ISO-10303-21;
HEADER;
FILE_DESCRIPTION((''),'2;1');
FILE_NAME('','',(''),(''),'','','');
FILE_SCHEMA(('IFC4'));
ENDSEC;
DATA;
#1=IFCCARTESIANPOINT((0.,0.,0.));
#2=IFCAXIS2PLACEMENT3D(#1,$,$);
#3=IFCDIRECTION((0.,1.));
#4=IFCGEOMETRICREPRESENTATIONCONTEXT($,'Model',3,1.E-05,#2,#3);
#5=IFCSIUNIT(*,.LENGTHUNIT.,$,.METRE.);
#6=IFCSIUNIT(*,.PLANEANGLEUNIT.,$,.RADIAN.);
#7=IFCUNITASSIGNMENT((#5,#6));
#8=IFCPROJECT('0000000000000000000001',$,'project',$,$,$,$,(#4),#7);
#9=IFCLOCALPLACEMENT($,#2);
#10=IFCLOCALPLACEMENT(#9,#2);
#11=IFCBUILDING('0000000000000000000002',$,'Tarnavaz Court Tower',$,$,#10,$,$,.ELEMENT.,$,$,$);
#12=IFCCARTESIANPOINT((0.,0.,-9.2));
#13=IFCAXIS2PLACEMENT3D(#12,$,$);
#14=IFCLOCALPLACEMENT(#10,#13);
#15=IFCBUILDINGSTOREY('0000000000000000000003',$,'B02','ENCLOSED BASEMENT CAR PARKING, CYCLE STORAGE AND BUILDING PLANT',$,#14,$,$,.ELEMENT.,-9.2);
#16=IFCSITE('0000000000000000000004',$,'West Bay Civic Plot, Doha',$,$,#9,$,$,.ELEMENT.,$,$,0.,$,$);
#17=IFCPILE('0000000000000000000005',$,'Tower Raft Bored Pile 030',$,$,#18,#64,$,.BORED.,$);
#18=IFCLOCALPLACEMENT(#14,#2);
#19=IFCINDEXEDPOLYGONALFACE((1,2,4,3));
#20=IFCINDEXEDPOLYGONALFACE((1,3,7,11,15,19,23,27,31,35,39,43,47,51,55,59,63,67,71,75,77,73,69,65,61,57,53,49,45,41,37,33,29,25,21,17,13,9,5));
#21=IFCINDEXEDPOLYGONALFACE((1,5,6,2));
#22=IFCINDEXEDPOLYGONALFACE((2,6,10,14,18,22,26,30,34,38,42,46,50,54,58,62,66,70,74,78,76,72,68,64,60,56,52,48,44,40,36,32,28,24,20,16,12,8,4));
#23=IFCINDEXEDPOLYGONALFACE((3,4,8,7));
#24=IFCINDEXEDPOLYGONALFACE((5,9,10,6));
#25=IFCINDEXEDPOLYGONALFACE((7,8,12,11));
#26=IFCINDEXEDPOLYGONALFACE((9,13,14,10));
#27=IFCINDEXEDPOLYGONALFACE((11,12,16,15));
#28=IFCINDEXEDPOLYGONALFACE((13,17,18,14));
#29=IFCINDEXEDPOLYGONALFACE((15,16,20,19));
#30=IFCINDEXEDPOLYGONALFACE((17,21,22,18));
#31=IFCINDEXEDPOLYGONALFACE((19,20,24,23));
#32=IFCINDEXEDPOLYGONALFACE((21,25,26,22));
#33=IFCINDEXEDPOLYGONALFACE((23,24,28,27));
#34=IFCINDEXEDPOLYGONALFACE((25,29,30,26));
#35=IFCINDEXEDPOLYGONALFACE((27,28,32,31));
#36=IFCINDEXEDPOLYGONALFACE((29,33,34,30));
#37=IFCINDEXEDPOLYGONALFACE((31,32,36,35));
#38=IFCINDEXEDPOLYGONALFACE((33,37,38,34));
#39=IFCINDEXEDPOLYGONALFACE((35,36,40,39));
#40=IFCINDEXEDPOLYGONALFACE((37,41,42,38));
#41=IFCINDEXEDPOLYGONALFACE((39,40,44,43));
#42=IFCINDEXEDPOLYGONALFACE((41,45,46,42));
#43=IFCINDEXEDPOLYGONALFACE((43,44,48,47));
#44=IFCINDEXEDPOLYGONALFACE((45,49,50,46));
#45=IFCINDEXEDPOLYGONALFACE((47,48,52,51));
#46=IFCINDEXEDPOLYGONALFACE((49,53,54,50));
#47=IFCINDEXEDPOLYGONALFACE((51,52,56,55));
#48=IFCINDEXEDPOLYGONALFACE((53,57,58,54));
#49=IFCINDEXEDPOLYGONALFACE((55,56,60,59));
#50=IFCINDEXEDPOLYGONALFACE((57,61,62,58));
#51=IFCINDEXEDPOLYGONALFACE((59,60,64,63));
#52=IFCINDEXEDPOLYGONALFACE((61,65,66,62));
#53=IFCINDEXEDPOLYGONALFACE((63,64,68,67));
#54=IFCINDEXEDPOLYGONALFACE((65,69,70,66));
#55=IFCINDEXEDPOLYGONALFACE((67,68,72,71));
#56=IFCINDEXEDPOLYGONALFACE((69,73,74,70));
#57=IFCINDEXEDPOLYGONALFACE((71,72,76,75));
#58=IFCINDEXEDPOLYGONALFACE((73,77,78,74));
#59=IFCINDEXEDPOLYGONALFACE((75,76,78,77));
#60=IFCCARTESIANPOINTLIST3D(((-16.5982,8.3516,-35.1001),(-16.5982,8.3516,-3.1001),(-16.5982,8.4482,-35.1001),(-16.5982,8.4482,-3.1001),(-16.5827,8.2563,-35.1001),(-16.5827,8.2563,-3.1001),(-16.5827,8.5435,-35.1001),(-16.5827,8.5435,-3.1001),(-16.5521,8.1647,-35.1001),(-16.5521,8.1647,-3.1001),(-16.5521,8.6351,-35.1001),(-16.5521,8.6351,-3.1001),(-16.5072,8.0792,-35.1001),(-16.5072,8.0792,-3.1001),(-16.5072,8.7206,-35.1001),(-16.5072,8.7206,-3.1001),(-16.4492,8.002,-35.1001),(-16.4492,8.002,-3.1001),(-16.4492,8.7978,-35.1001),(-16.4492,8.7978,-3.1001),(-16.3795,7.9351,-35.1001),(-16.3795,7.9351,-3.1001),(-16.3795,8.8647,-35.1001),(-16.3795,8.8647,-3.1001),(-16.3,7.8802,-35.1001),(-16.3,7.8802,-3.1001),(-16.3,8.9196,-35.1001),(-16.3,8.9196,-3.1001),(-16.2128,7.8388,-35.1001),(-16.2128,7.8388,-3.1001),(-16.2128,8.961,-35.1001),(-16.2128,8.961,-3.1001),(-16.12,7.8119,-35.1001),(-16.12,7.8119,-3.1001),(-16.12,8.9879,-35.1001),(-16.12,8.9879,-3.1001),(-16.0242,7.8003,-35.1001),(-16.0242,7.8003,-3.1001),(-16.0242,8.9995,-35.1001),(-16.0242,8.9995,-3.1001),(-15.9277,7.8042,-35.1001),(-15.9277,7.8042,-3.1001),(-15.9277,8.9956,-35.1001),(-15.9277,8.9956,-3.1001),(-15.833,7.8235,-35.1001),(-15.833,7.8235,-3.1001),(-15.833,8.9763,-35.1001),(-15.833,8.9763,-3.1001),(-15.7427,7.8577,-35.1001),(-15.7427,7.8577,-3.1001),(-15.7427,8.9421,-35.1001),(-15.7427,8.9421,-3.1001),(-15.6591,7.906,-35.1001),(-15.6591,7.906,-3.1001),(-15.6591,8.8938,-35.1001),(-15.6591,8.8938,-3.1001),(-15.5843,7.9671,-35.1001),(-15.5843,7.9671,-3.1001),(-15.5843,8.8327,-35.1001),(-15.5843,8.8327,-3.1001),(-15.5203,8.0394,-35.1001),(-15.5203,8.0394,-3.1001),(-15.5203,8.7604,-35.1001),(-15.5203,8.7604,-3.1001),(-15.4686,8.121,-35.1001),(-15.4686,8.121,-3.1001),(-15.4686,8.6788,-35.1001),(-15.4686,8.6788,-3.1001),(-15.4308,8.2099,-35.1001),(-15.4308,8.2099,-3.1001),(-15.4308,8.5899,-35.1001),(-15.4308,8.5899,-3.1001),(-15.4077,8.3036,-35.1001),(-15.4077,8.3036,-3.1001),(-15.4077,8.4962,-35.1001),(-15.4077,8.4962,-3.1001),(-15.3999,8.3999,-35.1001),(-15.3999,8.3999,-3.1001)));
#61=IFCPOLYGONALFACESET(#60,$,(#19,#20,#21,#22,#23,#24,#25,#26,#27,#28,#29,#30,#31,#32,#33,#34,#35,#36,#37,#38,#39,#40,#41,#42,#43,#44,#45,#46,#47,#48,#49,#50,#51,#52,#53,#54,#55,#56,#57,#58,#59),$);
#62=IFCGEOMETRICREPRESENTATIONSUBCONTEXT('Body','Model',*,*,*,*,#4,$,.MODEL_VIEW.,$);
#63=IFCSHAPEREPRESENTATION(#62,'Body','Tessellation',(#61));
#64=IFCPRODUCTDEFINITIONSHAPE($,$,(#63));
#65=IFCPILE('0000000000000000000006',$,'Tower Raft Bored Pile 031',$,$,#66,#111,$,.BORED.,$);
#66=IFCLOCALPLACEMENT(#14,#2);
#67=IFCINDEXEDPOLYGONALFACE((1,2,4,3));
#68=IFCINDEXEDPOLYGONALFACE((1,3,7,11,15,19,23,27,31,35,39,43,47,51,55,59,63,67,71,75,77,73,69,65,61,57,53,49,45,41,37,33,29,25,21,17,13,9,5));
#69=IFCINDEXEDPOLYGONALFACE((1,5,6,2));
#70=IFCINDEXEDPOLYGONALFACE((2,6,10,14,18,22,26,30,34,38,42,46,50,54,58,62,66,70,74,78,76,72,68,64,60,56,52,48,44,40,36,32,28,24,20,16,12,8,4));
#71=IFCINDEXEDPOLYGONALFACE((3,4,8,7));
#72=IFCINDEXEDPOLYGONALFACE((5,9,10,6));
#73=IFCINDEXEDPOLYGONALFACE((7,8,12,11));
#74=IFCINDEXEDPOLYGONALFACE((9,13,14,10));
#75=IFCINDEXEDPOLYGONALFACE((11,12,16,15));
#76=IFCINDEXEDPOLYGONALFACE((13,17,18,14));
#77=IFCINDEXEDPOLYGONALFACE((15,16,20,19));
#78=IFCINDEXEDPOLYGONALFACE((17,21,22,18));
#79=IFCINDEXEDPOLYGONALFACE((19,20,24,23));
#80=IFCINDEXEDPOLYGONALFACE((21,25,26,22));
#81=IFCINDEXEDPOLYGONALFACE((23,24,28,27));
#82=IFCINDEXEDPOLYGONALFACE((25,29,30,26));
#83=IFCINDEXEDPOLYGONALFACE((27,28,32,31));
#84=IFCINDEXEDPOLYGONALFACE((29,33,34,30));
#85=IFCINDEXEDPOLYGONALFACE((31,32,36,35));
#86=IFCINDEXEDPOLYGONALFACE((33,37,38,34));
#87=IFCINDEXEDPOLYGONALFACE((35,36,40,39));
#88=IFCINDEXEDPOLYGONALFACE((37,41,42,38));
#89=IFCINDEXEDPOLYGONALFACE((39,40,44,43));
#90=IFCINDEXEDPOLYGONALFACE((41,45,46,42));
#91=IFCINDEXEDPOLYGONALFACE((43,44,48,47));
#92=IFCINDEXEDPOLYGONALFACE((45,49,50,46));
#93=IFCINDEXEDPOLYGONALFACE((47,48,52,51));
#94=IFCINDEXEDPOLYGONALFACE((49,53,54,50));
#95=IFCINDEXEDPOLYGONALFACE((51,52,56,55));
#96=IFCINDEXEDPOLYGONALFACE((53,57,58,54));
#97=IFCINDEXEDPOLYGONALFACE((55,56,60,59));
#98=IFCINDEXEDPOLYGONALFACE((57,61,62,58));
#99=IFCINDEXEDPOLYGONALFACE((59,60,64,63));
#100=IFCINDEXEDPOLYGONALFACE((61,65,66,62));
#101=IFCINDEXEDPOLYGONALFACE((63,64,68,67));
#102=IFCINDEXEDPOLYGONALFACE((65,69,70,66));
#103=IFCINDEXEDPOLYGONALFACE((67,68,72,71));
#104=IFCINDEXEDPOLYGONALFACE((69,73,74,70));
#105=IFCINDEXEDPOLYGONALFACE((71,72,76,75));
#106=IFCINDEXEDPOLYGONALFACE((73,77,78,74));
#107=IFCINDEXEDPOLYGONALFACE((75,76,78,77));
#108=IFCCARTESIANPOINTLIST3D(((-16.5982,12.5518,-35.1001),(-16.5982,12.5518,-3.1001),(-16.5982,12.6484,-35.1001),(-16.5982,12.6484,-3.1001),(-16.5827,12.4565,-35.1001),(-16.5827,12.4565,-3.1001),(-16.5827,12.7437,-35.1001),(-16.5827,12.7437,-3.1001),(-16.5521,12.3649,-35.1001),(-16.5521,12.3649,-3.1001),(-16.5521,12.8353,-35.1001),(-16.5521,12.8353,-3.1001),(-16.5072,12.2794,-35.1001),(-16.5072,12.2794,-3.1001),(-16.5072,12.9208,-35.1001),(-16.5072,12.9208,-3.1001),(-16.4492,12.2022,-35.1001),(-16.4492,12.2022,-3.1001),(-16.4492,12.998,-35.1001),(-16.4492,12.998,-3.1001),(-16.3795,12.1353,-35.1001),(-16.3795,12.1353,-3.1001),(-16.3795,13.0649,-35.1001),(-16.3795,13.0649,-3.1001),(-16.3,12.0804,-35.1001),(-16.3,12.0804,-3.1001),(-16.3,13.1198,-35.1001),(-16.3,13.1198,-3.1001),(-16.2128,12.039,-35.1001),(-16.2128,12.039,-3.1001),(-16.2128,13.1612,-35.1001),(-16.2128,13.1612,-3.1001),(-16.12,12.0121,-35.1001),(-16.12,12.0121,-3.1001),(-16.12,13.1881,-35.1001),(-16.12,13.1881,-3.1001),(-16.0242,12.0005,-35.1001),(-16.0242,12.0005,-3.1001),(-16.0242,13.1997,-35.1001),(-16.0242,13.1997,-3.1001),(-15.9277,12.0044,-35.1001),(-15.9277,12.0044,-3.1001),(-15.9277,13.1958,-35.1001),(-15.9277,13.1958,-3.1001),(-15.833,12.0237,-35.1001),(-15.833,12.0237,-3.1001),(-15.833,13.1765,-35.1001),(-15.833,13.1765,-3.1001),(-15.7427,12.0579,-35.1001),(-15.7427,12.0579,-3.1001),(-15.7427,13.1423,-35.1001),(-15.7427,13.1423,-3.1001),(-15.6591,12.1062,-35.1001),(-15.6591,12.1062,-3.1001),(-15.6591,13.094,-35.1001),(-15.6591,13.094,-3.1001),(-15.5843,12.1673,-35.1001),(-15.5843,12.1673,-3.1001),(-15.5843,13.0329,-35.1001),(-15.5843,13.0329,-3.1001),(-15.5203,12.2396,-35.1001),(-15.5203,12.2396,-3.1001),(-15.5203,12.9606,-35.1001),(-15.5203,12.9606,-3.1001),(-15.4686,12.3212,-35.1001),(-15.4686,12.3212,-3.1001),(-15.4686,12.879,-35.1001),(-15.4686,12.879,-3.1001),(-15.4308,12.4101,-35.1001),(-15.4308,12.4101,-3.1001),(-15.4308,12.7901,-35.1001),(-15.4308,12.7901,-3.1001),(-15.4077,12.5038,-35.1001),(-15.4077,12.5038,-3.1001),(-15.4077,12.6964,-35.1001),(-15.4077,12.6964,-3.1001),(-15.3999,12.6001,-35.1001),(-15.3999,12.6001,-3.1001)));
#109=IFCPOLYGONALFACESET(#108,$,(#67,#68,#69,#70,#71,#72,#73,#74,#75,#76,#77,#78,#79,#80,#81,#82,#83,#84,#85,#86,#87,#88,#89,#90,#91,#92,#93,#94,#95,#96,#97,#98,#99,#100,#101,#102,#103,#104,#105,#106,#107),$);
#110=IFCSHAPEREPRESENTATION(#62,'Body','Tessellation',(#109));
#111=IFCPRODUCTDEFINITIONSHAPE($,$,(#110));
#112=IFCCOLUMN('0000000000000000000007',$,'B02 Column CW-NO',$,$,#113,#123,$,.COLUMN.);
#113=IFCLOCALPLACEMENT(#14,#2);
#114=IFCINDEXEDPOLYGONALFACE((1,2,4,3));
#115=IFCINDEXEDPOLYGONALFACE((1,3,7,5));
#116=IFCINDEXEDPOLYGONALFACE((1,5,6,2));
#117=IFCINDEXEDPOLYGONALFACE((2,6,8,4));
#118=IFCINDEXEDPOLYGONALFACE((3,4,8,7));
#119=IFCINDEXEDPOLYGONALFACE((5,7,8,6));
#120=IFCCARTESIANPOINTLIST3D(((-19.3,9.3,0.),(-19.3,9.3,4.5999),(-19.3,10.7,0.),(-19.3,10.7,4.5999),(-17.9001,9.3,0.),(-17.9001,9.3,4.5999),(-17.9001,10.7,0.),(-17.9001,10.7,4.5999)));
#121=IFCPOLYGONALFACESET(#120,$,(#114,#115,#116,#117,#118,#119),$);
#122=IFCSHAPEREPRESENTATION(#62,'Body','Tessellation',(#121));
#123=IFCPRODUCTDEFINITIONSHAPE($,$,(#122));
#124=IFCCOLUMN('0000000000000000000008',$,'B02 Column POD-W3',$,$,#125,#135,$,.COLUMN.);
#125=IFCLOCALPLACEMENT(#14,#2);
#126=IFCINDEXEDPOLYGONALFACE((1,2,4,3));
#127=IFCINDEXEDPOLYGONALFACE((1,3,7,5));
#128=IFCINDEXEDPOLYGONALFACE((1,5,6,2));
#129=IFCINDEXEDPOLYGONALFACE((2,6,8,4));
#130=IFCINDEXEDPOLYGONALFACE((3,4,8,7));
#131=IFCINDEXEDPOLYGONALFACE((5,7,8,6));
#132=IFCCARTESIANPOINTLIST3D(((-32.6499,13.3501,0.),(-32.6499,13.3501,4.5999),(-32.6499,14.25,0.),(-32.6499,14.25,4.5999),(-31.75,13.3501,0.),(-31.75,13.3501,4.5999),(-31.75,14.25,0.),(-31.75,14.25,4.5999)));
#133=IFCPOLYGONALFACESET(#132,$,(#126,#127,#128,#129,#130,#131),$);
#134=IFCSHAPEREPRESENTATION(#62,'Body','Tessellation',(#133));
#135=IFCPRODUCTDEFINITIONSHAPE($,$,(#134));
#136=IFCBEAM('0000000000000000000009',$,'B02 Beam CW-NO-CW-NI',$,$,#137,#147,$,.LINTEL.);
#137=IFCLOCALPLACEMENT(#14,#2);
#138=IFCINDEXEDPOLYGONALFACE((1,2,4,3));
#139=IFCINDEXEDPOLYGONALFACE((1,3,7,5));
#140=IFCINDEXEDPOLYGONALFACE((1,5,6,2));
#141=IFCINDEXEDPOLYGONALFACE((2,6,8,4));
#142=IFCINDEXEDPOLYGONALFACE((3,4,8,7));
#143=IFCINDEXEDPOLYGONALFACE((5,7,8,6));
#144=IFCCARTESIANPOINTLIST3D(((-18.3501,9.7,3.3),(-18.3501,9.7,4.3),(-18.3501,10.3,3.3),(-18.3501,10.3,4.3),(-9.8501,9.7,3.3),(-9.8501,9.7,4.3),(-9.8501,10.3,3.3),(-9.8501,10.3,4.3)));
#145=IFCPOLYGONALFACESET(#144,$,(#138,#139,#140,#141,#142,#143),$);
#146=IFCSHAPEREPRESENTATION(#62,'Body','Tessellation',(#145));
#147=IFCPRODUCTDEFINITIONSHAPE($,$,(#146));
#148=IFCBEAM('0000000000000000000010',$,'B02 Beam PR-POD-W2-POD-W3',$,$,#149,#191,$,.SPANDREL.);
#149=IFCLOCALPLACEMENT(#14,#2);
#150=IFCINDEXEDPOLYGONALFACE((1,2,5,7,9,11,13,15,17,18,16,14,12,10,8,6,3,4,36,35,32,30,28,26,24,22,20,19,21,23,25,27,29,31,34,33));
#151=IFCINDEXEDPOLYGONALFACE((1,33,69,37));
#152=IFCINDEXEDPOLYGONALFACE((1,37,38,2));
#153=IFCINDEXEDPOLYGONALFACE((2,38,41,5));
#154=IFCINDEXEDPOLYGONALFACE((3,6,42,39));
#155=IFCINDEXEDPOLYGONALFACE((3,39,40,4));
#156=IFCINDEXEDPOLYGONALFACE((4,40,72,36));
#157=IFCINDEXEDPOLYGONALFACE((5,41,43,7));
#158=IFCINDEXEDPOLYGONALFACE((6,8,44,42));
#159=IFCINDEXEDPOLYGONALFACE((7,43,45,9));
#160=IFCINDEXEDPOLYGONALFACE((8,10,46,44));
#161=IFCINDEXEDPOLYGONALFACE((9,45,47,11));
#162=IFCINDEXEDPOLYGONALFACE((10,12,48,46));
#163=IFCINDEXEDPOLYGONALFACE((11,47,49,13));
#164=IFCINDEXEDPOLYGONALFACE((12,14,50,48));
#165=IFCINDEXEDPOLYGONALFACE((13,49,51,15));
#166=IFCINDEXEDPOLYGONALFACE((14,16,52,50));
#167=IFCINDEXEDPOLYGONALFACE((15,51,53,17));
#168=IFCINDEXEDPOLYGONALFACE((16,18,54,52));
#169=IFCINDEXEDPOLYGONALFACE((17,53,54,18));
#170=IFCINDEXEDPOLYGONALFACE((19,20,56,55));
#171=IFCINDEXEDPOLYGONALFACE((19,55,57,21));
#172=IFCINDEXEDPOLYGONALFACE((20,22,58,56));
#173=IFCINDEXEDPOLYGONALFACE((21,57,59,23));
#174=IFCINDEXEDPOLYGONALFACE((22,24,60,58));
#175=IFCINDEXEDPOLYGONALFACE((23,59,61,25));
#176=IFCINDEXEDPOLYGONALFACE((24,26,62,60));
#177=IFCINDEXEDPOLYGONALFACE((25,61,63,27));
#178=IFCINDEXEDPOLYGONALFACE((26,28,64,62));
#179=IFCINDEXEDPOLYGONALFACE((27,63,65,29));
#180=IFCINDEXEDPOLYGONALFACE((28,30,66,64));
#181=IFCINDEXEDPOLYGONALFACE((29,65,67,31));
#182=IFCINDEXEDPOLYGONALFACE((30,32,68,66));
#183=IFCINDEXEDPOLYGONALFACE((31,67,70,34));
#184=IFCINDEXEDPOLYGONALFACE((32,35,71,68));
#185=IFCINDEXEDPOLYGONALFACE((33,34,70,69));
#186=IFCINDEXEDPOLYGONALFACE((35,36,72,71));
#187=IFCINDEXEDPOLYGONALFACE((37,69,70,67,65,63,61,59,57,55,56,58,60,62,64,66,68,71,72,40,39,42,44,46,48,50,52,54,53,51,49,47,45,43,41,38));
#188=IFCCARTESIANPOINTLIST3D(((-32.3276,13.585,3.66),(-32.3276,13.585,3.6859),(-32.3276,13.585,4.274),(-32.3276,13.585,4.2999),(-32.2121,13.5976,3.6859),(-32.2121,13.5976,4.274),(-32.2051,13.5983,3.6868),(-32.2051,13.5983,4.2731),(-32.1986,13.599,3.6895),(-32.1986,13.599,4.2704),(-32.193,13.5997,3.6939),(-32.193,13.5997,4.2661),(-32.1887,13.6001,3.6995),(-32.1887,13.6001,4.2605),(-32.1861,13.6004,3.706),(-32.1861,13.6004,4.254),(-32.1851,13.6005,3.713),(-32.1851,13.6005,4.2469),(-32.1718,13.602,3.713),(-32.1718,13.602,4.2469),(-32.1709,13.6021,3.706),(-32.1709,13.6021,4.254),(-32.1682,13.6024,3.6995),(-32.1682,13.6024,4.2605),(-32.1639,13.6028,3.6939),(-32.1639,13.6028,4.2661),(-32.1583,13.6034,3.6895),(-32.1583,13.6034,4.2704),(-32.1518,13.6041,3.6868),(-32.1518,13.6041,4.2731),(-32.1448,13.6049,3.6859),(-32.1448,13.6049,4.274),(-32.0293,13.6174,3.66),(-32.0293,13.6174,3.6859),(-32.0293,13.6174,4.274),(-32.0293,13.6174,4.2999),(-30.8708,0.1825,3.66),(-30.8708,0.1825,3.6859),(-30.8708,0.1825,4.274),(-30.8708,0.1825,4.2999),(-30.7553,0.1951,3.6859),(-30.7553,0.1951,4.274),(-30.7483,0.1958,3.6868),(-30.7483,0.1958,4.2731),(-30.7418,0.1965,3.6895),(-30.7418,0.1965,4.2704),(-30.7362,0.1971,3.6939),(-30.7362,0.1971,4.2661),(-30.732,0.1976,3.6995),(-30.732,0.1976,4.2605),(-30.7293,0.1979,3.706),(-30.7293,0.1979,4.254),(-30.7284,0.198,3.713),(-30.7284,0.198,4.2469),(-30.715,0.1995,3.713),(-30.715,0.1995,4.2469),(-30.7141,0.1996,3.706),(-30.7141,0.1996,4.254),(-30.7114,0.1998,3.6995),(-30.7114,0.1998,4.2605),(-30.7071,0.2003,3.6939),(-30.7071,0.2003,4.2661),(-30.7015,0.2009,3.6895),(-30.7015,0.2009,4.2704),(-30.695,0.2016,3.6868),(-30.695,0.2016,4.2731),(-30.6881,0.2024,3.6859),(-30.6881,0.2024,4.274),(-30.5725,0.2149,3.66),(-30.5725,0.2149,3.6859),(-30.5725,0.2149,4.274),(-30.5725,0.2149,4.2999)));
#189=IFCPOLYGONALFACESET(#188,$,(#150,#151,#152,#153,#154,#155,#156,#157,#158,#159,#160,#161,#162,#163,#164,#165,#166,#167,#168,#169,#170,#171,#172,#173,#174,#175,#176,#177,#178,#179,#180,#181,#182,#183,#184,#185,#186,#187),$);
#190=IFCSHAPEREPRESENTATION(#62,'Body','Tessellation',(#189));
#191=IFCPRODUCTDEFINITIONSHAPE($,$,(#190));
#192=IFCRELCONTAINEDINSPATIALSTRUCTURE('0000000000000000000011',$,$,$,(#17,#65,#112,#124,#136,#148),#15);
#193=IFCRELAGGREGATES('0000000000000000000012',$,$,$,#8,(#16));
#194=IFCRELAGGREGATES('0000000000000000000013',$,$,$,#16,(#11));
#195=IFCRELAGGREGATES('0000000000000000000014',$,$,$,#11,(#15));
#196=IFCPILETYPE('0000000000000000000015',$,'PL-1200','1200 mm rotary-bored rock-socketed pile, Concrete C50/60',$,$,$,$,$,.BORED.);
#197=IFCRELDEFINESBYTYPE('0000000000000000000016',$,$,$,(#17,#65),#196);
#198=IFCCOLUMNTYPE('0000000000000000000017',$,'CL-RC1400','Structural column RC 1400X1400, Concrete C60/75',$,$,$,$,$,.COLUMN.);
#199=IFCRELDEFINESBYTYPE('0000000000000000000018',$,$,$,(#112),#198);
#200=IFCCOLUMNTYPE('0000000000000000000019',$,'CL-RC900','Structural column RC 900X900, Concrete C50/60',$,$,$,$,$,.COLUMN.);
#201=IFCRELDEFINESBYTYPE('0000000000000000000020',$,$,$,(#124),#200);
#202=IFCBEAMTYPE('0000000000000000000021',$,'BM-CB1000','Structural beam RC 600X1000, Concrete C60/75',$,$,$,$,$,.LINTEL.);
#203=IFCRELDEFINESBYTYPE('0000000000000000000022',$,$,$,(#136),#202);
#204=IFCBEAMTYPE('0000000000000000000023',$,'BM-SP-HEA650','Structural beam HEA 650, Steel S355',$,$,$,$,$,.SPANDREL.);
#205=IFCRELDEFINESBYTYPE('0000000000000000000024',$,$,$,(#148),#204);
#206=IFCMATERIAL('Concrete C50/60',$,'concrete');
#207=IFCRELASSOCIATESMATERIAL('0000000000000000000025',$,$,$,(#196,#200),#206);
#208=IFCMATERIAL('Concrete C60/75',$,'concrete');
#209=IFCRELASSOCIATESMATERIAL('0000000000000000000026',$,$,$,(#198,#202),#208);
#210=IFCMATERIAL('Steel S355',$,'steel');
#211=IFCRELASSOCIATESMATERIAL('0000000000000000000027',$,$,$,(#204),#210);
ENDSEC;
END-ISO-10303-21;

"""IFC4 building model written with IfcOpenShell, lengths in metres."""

from ifc_helpers import new_model, si_unit, direction, frame, origin, origin_2d, place, context, subcontext, project, spatial, rectangle, circle, i_section, extrude, material, material_profile, profile_set, type_object, element, save


model = new_model("IFC4")

# Units and contexts
model_context = context("Model", 3, precision=1e-05, world=origin(), true_north=direction((0.0, 1.0)))
body_context = subcontext(model_context, "Body", "Model", "MODEL_VIEW")
ifc_project = project(units=[si_unit("LENGTHUNIT", "METRE"), si_unit("PLANEANGLEUNIT", "RADIAN")], contexts=[model_context])

# Site, building, storey
site_placement = place(None, origin())
site = spatial("IfcSite", under=ifc_project, at=site_placement, Name="West Bay Civic Plot, Doha", CompositionType="ELEMENT", RefElevation=0.0)
building_placement = place(site_placement, origin())
building = spatial("IfcBuilding", under=site, at=building_placement, Name="Tarnavaz Court Tower", CompositionType="ELEMENT")
storey_placement = place(building_placement, frame((0.0, 0.0, -9.2)))
storey = spatial("IfcBuildingStorey", under=building, at=storey_placement, Name="B02", Description="ENCLOSED BASEMENT CAR PARKING, CYCLE STORAGE AND BUILDING PLANT", CompositionType="ELEMENT", Elevation=-9.2)

# Shared definitions
ifc_material_1 = material(Name="Concrete C50/60", Category="concrete")

# Piles
ifc_material_profile_1 = material_profile(ifc_material_1, circle(Radius=0.6001, at=origin_2d()), Name="PILE D1200")
ifc_profile_set_1 = profile_set([ifc_material_profile_1], Name="Concrete C50/60")
pile_type_1 = type_object("IfcPileType", Name="PL-1200", Description="1200 mm rotary-bored rock-socketed pile, Concrete C50/60", PredefinedType="BORED", material=ifc_profile_set_1)
for number, where, z_axis, x_axis, name in (
    (1, (-16.0, 8.3999, -3.1001), (0.0, 0.0, -1.0), (1.0, 0.0, 0.0), "Tower Raft Bored Pile 030"),
    (2, (-16.0, 12.6001, -3.1001), (0.0, 0.0, -1.0), (1.0, 0.0, 0.0), "Tower Raft Bored Pile 031"),
):
    element("IfcPile", number, at=place(storey_placement, frame(where, z_axis=z_axis, x_axis=x_axis)), inside=storey, type_object=pile_type_1, Name=name, PredefinedType="BORED", context=body_context, shape_type="SweptSolid", body=[
        extrude(circle(Radius=0.6001, at=origin_2d()), origin(), (0.0, 0.0, 1.0), 32.0),
    ])

# Columns
ifc_material_2 = material(Name="Concrete C60/75", Category="concrete")
ifc_material_profile_2 = material_profile(ifc_material_2, rectangle(XDim=1.3999, YDim=1.3999, at=origin_2d()), Name="RC 1400X1400")
ifc_profile_set_2 = profile_set([ifc_material_profile_2], Name="Concrete C60/75")
column_type_1 = type_object("IfcColumnType", Name="CL-RC1400", Description="Structural column RC 1400X1400, Concrete C60/75", PredefinedType="COLUMN", material=ifc_profile_set_2)
column_1_placement = place(storey_placement, frame((-18.6001, 10.0, 0.0), z_axis=(0.0, 0.0, 1.0), x_axis=(1.0, 0.0, 0.0)))
element("IfcColumn", 3, at=column_1_placement, inside=storey, type_object=column_type_1, Name="B02 Column CW-NO", PredefinedType="COLUMN", context=body_context, shape_type="SweptSolid", body=[
    extrude(rectangle(XDim=1.3999, YDim=1.3999, at=origin_2d()), origin(), (0.0, 0.0, 1.0), 4.5999),
])
ifc_material_profile_3 = material_profile(ifc_material_1, rectangle(XDim=0.8999, YDim=0.8999, at=origin_2d()), Name="RC 900X900")
ifc_profile_set_3 = profile_set([ifc_material_profile_3], Name="Concrete C50/60")
column_type_2 = type_object("IfcColumnType", Name="CL-RC900", Description="Structural column RC 900X900, Concrete C50/60", PredefinedType="COLUMN", material=ifc_profile_set_3)
column_2_placement = place(storey_placement, frame((-32.2, 13.8, 0.0), z_axis=(0.0, 0.0, 1.0), x_axis=(1.0, 0.0, 0.0)))
element("IfcColumn", 4, at=column_2_placement, inside=storey, type_object=column_type_2, Name="B02 Column POD-W3", PredefinedType="COLUMN", context=body_context, shape_type="SweptSolid", body=[
    extrude(rectangle(XDim=0.8999, YDim=0.8999, at=origin_2d()), origin(), (0.0, 0.0, 1.0), 4.5999),
])

# Beams
ifc_material_profile_4 = material_profile(ifc_material_2, rectangle(XDim=0.6001, YDim=1.0, at=origin_2d()), Name="RC 600X1000")
ifc_profile_set_4 = profile_set([ifc_material_profile_4], Name="Concrete C60/75")
beam_type_1 = type_object("IfcBeamType", Name="BM-CB1000", Description="Structural beam RC 600X1000, Concrete C60/75", PredefinedType="LINTEL", material=ifc_profile_set_4)
beam_1_placement = place(storey_placement, frame((-18.3501, 10.0, 3.8), z_axis=(1.0, 0.0, 0.0), x_axis=(0.0, 1.0, 0.0)))
element("IfcBeam", 5, at=beam_1_placement, inside=storey, type_object=beam_type_1, Name="B02 Beam CW-NO-CW-NI", PredefinedType="LINTEL", context=body_context, shape_type="SweptSolid", body=[
    extrude(rectangle(XDim=0.6001, YDim=1.0, at=origin_2d()), origin(), (0.0, 0.0, 1.0), 8.5),
])
ifc_material_3 = material(Name="Steel S355", Category="steel")
ifc_material_profile_5 = material_profile(ifc_material_3, i_section(OverallWidth=0.3, OverallDepth=0.6399, WebThickness=0.0134, FlangeThickness=0.0259, FilletRadius=0.0271, at=origin_2d()), Name="HEA 650")
ifc_profile_set_5 = profile_set([ifc_material_profile_5], Name="Steel S355")
beam_type_2 = type_object("IfcBeamType", Name="BM-SP-HEA650", Description="Structural beam HEA 650, Steel S355", PredefinedType="SPANDREL", material=ifc_profile_set_5)
beam_2_placement = place(storey_placement, frame((-30.7217, 0.1987, 3.98), z_axis=(-0.108058, 0.994145, 0.0), x_axis=(-0.994145, -0.108058, 0.0)))
element("IfcBeam", 6, at=beam_2_placement, inside=storey, type_object=beam_type_2, Name="B02 Beam PR-POD-W2-POD-W3", PredefinedType="SPANDREL", context=body_context, shape_type="SweptSolid", body=[
    extrude(i_section(OverallWidth=0.3, OverallDepth=0.6399, WebThickness=0.0134, FlangeThickness=0.0259, FilletRadius=0.0271, at=origin_2d()), origin(), (0.0, 0.0, 1.0), 13.4814),
])

save(model, "model.ifc")
